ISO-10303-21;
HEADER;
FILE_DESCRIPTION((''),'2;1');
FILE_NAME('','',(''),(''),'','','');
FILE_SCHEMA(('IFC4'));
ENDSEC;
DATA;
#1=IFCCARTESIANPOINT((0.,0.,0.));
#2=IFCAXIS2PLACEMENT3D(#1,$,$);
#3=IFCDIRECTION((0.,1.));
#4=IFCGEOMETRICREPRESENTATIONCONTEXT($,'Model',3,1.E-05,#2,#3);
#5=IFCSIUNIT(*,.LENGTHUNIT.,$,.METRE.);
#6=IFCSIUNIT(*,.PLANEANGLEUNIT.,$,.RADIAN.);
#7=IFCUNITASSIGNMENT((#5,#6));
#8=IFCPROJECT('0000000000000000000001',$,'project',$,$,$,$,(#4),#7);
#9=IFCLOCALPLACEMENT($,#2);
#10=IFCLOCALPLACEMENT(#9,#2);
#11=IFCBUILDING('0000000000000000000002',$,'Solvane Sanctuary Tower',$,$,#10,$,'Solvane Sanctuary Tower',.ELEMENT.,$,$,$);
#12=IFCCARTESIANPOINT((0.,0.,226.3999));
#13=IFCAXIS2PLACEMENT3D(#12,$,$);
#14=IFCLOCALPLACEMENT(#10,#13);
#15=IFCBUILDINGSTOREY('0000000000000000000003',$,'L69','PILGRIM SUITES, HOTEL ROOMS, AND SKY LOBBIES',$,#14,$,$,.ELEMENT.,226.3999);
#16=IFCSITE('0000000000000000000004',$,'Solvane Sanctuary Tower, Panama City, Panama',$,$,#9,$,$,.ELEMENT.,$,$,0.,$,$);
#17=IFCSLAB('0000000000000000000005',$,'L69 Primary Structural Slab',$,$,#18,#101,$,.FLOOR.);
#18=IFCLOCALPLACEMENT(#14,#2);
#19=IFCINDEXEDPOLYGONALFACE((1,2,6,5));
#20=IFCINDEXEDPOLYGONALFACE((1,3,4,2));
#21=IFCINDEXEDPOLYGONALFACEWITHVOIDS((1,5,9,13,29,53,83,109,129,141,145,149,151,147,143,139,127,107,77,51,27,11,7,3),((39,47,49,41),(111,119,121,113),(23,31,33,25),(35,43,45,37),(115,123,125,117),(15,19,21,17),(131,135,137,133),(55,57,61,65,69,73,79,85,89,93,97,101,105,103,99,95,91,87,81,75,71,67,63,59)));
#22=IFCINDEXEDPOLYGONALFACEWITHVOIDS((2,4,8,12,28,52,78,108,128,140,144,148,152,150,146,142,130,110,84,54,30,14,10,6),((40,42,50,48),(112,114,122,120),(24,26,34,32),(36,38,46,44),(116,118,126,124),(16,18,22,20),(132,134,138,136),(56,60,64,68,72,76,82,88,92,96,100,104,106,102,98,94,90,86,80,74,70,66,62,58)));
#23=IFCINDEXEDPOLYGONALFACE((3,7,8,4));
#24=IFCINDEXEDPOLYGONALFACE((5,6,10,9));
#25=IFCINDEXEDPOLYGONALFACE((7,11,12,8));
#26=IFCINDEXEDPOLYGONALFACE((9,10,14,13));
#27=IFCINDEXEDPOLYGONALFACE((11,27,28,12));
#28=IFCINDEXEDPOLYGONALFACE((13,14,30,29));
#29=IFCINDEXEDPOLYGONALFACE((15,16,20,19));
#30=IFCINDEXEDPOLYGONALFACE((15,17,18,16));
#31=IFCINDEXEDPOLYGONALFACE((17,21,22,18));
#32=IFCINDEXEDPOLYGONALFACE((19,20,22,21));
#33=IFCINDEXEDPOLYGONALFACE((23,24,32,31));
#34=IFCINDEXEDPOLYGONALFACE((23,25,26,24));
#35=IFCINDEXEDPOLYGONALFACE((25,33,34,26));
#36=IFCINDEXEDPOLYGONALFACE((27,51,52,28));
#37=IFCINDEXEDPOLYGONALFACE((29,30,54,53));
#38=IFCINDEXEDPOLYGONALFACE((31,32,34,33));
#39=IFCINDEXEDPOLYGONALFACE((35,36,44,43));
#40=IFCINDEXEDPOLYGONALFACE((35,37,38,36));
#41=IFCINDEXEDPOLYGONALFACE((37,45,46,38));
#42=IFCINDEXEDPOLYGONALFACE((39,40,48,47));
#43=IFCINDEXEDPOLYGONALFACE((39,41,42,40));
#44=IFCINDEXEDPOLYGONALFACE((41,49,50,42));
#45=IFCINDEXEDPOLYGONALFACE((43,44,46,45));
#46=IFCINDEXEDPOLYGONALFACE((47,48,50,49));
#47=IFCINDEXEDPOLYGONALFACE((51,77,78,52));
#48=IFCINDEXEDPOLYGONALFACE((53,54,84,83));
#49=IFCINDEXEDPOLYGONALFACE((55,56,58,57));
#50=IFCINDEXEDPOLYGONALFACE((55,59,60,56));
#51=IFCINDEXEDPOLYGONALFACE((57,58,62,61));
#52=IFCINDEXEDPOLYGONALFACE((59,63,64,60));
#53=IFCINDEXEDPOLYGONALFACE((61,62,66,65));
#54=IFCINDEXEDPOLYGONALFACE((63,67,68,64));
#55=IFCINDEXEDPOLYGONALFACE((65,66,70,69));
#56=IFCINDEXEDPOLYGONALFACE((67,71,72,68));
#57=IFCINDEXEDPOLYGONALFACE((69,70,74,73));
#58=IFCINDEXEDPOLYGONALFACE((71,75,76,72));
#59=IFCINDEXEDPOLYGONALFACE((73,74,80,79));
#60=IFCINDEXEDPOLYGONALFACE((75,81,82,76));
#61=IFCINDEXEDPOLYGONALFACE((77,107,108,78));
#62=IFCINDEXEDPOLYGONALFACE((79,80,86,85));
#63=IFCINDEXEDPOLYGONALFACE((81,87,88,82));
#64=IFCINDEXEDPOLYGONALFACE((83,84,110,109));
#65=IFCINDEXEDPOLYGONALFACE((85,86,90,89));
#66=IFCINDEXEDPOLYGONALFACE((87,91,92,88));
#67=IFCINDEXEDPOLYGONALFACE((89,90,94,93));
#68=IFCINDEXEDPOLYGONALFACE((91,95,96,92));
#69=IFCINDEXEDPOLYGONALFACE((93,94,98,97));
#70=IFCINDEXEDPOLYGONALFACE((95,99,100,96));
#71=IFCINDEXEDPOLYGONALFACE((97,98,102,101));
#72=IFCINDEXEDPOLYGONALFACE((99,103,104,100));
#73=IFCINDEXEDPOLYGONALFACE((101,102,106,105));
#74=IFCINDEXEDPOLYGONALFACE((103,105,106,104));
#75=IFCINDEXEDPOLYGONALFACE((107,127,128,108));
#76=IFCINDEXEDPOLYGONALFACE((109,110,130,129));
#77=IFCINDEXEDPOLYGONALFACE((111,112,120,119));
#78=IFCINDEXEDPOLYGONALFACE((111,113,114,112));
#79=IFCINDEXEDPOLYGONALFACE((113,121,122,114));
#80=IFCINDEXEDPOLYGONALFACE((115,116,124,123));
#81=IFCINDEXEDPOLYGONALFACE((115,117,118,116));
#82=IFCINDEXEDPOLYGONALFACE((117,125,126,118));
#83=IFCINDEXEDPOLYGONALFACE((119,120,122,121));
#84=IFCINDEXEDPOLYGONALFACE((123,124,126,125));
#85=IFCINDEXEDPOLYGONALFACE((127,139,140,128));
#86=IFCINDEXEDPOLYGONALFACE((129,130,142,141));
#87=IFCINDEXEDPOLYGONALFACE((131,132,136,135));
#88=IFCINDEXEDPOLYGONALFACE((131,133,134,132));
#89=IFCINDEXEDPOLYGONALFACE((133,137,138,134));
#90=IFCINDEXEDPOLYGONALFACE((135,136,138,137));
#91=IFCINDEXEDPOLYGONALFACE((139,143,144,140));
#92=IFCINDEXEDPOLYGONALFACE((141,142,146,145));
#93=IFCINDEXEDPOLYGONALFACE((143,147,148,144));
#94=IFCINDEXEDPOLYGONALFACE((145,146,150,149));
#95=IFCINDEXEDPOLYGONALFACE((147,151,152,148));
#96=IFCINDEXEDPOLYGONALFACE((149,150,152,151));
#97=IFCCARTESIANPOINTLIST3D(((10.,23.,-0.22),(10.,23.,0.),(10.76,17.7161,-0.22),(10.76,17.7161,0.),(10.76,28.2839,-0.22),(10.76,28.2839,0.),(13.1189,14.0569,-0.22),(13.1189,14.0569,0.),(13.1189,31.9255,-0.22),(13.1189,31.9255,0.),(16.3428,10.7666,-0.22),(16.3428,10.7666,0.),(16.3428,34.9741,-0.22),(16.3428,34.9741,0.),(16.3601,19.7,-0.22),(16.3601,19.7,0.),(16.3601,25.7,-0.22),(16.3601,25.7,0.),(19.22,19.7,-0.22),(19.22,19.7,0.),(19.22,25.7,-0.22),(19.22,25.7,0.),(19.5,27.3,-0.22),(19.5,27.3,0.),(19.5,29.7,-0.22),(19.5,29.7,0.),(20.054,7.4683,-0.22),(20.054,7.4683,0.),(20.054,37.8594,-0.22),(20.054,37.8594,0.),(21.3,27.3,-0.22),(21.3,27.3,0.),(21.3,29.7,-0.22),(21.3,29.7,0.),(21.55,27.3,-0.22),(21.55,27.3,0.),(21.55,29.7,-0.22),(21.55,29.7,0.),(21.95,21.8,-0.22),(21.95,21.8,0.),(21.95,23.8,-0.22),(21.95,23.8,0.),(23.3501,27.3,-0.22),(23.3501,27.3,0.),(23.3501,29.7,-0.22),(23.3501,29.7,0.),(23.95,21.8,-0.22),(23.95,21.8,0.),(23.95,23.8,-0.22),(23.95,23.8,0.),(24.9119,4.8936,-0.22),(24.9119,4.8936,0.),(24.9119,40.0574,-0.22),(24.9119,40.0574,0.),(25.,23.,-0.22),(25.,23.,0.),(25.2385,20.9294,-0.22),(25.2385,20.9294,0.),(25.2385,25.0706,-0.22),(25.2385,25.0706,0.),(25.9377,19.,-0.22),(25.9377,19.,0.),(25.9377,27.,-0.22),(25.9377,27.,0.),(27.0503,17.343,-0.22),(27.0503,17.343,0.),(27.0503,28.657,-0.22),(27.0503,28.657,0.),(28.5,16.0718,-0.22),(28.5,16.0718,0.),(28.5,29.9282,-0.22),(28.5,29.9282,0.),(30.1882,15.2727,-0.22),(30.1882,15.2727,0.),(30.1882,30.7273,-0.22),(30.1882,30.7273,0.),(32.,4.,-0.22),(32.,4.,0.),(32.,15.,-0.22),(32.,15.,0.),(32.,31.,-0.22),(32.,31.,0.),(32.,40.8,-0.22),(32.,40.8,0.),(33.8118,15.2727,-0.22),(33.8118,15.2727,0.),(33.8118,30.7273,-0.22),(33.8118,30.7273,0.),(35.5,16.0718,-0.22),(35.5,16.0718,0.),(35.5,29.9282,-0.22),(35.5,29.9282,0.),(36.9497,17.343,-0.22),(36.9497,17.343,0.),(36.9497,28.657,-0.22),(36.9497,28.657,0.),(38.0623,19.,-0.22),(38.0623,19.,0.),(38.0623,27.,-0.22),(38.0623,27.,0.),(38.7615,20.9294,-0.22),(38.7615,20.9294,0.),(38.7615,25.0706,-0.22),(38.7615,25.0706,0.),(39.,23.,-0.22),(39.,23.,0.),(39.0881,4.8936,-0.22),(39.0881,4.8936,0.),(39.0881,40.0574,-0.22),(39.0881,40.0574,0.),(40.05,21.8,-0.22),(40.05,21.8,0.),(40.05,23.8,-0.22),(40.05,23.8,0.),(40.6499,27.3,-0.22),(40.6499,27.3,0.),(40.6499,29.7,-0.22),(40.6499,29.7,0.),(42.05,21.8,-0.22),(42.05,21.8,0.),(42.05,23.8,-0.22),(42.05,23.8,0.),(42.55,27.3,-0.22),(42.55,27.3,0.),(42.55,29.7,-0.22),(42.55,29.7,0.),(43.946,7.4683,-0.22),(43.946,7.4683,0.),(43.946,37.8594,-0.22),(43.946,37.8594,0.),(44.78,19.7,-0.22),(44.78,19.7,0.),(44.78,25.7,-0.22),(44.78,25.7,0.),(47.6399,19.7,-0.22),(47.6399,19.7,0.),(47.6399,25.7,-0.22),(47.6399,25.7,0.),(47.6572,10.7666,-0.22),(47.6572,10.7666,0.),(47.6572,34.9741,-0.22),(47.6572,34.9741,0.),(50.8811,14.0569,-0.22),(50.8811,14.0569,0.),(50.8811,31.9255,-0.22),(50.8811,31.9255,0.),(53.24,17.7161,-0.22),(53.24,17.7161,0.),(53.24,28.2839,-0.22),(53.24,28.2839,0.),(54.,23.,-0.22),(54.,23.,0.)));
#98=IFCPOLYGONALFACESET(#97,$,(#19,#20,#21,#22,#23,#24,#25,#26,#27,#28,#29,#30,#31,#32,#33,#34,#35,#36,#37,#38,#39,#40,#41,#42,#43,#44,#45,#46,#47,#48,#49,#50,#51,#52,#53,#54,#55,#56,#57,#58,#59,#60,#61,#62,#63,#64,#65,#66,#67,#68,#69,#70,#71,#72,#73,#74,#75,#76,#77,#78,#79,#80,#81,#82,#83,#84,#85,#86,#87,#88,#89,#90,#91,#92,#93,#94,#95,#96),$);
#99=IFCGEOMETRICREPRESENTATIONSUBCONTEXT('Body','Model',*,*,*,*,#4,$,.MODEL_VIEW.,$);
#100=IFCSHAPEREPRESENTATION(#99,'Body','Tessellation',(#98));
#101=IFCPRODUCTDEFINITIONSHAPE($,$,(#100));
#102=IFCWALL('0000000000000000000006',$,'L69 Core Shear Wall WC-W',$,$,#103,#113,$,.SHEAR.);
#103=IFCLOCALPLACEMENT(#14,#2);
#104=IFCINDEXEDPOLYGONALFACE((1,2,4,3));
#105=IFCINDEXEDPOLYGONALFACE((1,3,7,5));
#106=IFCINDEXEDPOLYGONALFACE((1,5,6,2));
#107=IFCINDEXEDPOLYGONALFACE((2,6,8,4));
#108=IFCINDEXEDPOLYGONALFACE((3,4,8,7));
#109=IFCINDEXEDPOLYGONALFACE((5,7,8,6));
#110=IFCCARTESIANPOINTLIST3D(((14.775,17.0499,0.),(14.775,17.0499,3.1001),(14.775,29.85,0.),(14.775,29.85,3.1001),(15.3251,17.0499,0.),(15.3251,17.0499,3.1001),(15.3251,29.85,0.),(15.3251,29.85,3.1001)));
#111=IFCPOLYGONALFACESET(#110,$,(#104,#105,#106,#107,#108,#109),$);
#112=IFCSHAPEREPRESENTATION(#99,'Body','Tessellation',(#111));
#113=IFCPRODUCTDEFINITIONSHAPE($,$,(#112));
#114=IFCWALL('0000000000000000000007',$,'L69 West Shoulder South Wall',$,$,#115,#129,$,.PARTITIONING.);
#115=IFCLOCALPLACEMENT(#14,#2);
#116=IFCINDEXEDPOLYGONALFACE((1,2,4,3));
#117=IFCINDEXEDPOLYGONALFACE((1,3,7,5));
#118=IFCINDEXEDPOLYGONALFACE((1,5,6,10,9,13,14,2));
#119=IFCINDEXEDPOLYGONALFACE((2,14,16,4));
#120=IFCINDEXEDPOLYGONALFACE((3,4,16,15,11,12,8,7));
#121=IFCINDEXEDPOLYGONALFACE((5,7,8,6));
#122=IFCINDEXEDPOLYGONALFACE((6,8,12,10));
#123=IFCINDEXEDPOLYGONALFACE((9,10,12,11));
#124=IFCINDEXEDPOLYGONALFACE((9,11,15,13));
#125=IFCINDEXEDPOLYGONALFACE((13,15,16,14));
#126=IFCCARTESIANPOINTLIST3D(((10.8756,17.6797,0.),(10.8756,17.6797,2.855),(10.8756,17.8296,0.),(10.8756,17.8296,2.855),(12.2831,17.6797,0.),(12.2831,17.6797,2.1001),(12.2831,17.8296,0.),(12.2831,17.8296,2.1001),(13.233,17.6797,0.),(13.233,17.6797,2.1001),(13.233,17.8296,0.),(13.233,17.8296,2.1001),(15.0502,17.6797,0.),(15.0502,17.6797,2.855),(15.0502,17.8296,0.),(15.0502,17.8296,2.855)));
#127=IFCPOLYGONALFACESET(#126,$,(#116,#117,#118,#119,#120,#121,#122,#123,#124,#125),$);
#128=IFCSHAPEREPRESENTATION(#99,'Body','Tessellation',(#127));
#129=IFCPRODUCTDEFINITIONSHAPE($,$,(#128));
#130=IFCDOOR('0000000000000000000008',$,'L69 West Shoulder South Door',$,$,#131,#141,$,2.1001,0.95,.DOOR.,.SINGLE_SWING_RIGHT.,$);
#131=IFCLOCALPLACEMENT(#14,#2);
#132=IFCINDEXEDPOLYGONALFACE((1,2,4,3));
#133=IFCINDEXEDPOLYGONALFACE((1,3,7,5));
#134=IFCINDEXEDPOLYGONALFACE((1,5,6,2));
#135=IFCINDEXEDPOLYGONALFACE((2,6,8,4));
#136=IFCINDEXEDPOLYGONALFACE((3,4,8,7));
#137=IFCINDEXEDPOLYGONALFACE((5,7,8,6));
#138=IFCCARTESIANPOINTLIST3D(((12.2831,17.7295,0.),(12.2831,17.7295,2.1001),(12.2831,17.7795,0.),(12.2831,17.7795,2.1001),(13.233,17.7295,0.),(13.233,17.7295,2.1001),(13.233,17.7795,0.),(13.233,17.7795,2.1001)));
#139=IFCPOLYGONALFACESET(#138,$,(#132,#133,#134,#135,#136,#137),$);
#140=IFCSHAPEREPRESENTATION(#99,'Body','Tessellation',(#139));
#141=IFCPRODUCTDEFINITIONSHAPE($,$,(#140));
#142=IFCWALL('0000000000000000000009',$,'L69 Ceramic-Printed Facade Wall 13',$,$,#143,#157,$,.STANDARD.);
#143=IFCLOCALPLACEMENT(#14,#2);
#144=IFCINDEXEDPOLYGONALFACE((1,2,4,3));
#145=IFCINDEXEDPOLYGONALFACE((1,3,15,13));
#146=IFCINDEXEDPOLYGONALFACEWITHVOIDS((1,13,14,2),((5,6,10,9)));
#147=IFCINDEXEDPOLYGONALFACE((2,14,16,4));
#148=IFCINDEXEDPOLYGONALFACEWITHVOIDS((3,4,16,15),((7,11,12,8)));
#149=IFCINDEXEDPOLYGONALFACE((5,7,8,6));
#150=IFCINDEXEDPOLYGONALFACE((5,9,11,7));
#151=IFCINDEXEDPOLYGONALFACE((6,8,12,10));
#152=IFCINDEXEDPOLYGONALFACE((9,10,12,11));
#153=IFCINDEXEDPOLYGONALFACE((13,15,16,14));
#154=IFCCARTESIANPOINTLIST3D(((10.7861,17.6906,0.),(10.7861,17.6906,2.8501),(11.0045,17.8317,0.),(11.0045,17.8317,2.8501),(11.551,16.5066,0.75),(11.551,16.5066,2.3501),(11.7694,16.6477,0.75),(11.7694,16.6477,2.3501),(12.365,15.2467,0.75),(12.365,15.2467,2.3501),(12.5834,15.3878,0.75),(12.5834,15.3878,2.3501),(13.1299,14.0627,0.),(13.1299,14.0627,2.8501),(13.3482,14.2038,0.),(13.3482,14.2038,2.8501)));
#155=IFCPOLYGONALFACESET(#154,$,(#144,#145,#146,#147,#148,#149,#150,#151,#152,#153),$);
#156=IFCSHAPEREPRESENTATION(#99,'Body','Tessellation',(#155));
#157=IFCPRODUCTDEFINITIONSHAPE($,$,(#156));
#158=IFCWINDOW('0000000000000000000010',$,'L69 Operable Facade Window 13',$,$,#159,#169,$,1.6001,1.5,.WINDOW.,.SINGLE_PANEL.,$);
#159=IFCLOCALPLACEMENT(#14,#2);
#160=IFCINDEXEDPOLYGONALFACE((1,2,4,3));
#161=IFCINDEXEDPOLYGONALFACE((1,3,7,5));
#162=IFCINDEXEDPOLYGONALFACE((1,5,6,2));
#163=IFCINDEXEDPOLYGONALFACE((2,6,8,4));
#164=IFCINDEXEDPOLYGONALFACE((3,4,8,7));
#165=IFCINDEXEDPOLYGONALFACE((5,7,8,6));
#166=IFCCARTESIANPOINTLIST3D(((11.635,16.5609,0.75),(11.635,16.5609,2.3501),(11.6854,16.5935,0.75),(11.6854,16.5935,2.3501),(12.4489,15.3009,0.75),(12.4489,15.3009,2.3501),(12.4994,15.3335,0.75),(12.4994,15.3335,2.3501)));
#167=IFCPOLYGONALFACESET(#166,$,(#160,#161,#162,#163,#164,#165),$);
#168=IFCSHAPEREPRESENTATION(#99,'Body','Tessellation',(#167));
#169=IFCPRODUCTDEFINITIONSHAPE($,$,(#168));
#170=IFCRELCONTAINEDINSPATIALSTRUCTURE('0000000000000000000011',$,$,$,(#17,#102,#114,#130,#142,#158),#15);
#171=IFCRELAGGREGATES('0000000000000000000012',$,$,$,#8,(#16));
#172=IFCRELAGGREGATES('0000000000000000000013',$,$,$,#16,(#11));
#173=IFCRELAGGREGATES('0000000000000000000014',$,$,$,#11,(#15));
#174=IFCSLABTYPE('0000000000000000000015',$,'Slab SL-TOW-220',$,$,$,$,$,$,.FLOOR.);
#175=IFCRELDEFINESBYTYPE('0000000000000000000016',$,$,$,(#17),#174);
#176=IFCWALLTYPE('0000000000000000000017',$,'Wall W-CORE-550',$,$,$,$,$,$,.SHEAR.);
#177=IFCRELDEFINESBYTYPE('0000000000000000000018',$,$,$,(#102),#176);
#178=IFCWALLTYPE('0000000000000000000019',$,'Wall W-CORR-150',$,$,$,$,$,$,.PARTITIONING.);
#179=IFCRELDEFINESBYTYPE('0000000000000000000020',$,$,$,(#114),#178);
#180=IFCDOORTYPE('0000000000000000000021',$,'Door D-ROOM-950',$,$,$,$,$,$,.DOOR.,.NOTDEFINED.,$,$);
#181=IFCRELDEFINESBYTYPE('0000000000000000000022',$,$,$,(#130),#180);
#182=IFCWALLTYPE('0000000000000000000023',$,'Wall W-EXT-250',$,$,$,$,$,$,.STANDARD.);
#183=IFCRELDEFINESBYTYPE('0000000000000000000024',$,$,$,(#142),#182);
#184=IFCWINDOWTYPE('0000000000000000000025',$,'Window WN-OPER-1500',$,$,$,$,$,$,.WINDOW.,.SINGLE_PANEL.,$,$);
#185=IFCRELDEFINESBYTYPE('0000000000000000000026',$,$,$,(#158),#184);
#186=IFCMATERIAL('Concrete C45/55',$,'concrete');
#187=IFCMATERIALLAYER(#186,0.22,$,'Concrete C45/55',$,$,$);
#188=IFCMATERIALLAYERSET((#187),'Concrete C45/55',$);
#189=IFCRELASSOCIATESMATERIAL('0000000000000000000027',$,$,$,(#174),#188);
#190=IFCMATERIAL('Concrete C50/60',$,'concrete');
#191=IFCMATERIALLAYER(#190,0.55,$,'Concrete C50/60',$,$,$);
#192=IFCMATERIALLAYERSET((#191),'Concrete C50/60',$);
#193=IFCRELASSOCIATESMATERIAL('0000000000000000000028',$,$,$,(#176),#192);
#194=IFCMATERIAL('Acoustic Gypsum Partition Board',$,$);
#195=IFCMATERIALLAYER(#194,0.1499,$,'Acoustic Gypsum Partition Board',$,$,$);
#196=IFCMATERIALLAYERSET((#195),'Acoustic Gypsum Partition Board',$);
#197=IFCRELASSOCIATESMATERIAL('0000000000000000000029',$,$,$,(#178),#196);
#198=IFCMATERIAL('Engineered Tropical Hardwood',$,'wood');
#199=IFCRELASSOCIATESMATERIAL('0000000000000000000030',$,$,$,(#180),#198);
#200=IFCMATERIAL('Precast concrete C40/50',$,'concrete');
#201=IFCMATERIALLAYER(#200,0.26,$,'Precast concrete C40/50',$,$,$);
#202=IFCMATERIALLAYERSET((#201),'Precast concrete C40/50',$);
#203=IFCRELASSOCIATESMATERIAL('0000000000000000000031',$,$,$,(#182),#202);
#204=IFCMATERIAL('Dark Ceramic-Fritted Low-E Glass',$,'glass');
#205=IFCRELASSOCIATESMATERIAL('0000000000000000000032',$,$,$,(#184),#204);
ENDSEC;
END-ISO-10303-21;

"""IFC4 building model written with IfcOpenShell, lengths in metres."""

from ifc_helpers import new_model, si_unit, direction, frame, frame_2d, origin, place, context, subcontext, project, spatial, polyline, rectangle, outline, extrude, material, layer, layer_set, type_object, element, fill, save


model = new_model("IFC4")

# Units and contexts
model_context = context("Model", 3, precision=1e-05, world=origin(), true_north=direction((0.0, 1.0)))
body_context = subcontext(model_context, "Body", "Model", "MODEL_VIEW")
ifc_project = project(units=[si_unit("LENGTHUNIT", "METRE"), si_unit("PLANEANGLEUNIT", "RADIAN")], contexts=[model_context])

# Site, building, storey
site_placement = place(None, origin())
site = spatial("IfcSite", under=ifc_project, at=site_placement, Name="Solvane Sanctuary Tower, Panama City, Panama", CompositionType="ELEMENT", RefElevation=0.0)
building_placement = place(site_placement, origin())
building = spatial("IfcBuilding", under=site, at=building_placement, Name="Solvane Sanctuary Tower", LongName="Solvane Sanctuary Tower", CompositionType="ELEMENT")
storey_placement = place(building_placement, frame((0.0, 0.0, 226.3999)))
storey = spatial("IfcBuildingStorey", under=building, at=storey_placement, Name="L69", Description="PILGRIM SUITES, HOTEL ROOMS, AND SKY LOBBIES", CompositionType="ELEMENT", Elevation=226.3999)

# Shared definitions
ifc_material_1 = material(Name="Concrete C45/55", Category="concrete")

# Slab
ifc_layer_1 = layer(ifc_material_1, 0.22, Name="Concrete C45/55")
ifc_layer_set_1 = layer_set([ifc_layer_1], Name="Concrete C45/55")
slab_type_1 = type_object("IfcSlabType", Name="Slab SL-TOW-220", PredefinedType="FLOOR", material=ifc_layer_set_1)
slab_1_placement = place(storey_placement, frame((0.0, 0.0, -0.22)))
element("IfcSlab", 1, at=slab_1_placement, inside=storey, type_object=slab_type_1, Name="L69 Primary Structural Slab", PredefinedType="FLOOR", context=body_context, shape_type="SweptSolid", body=[
    extrude(outline(polyline([(54.0, 23.0), (53.24, 28.2839), (50.8811, 31.9255), (47.6572, 34.9741), (43.946, 37.8594), (39.0881, 40.0574), (32.0, 40.8), (24.9119, 40.0574), (20.054, 37.8594), (16.3428, 34.9741), (13.1189, 31.9255), (10.76, 28.2839), (10.0, 23.0), (10.76, 17.7161), (13.1189, 14.0569), (16.3428, 10.7666), (20.054, 7.4683), (24.9119, 4.8936), (32.0, 4.0), (39.0881, 4.8936), (43.946, 7.4683), (47.6572, 10.7666), (50.8811, 14.0569), (53.24, 17.7161), (54.0, 23.0)]), holes=[polyline([(38.7615, 20.9294), (38.0623, 19.0), (36.9497, 17.343), (35.5, 16.0718), (33.8118, 15.2727), (32.0, 15.0), (30.1882, 15.2727), (28.5, 16.0718), (27.0503, 17.343), (25.9377, 19.0), (25.2385, 20.9294), (25.0, 23.0), (25.2385, 25.0706), (25.9377, 27.0), (27.0503, 28.657), (28.5, 29.9282), (30.1882, 30.7273), (32.0, 31.0), (33.8118, 30.7273), (35.5, 29.9282), (36.9497, 28.657), (38.0623, 27.0), (38.7615, 25.0706), (39.0, 23.0), (38.7615, 20.9294)]), polyline([(16.3601, 19.7), (16.3601, 25.7), (19.22, 25.7), (19.22, 19.7), (16.3601, 19.7)]), polyline([(44.78, 19.7), (44.78, 25.7), (47.6399, 25.7), (47.6399, 19.7), (44.78, 19.7)]), polyline([(21.95, 23.8), (23.95, 23.8), (23.95, 21.8), (21.95, 21.8), (21.95, 23.8)]), polyline([(40.05, 23.8), (42.05, 23.8), (42.05, 21.8), (40.05, 21.8), (40.05, 23.8)]), polyline([(19.5, 29.7), (21.3, 29.7), (21.3, 27.3), (19.5, 27.3), (19.5, 29.7)]), polyline([(21.55, 29.7), (23.3501, 29.7), (23.3501, 27.3), (21.55, 27.3), (21.55, 29.7)]), polyline([(40.6499, 29.7), (42.55, 29.7), (42.55, 27.3), (40.6499, 27.3), (40.6499, 29.7)])]), origin(), (0.0, 0.0, 1.0), 0.22),
])

# Wall
ifc_material_2 = material(Name="Concrete C50/60", Category="concrete")
ifc_layer_2 = layer(ifc_material_2, 0.55, Name="Concrete C50/60")
ifc_layer_set_2 = layer_set([ifc_layer_2], Name="Concrete C50/60")
wall_type_1 = type_object("IfcWallType", Name="Wall W-CORE-550", PredefinedType="SHEAR", material=ifc_layer_set_2)
wall_1_placement = place(storey_placement, frame((15.05, 17.05, 0.0), z_axis=(0.0, 0.0, 1.0), x_axis=(0.0, 1.0, 0.0)))
element("IfcWall", 2, at=wall_1_placement, inside=storey, type_object=wall_type_1, Name="L69 Core Shear Wall WC-W", PredefinedType="SHEAR", context=body_context, shape_type="SweptSolid", body=[
    extrude(rectangle(XDim=12.8, YDim=0.55, at=frame_2d((6.3999, 0.0))), origin(), (0.0, 0.0, 1.0), 3.1001),
])

# Wall, opening, door
ifc_material_3 = material(Name="Acoustic Gypsum Partition Board")
ifc_layer_3 = layer(ifc_material_3, 0.1499, Name="Acoustic Gypsum Partition Board")
ifc_layer_set_3 = layer_set([ifc_layer_3], Name="Acoustic Gypsum Partition Board")
wall_type_2 = type_object("IfcWallType", Name="Wall W-CORR-150", PredefinedType="PARTITIONING", material=ifc_layer_set_3)
wall_2_placement = place(storey_placement, frame((10.8755, 17.7546, 0.0), z_axis=(0.0, 0.0, 1.0), x_axis=(1.0, 0.0, 0.0)))
wall_2 = element("IfcWall", 3, at=wall_2_placement, inside=storey, type_object=wall_type_2, Name="L69 West Shoulder South Wall", PredefinedType="PARTITIONING", context=body_context, shape_type="SweptSolid", body=[
    extrude(rectangle(XDim=4.1746, YDim=0.1499, at=frame_2d((2.0874, 0.0))), origin(), (0.0, 0.0, 1.0), 2.855),
])
opening_1_placement = place(wall_2_placement, frame((1.4075, 0.0, 0.0)))
opening_1 = element("IfcOpeningElement", 4, at=opening_1_placement, cuts=wall_2, PredefinedType="OPENING", context=body_context, shape_type="SweptSolid", body=[
    extrude(rectangle(XDim=0.95, YDim=2.1001, at=frame_2d((0.4751, 1.05))), frame((0.0, 0.085, 0.0), z_axis=(0.0, -1.0, 0.0), x_axis=(1.0, 0.0, 0.0)), (0.0, 0.0, 1.0), 0.1699),
])
ifc_material_4 = material(Name="Engineered Tropical Hardwood", Category="wood")
door_type_1 = type_object("IfcDoorType", Name="Door D-ROOM-950", OperationType="NOTDEFINED", PredefinedType="DOOR", material=ifc_material_4)
door_1_placement = place(opening_1_placement, origin())
door_1 = element("IfcDoor", 5, at=door_1_placement, inside=storey, type_object=door_type_1, Name="L69 West Shoulder South Door", OperationType="SINGLE_SWING_RIGHT", OverallHeight=2.1001, OverallWidth=0.95, PredefinedType="DOOR", context=body_context, shape_type="SweptSolid", body=[
    extrude(rectangle(XDim=0.95, YDim=2.1001, at=frame_2d((0.4751, 1.05))), frame((0.0, 0.0249, 0.0), z_axis=(0.0, -1.0, 0.0), x_axis=(1.0, 0.0, 0.0)), (0.0, 0.0, 1.0), 0.05),
])
fill(opening_1, door_1)

# Wall, opening, window
ifc_material_5 = material(Name="Precast concrete C40/50", Category="concrete")
ifc_layer_4 = layer(ifc_material_5, 0.26, Name="Precast concrete C40/50")
ifc_layer_set_4 = layer_set([ifc_layer_4], Name="Precast concrete C40/50")
wall_type_3 = type_object("IfcWallType", Name="Wall W-EXT-250", PredefinedType="STANDARD", material=ifc_layer_set_4)
wall_3_placement = place(storey_placement, frame((10.8953, 17.7612, 0.0), z_axis=(0.0, 0.0, 1.0), x_axis=(0.542642, -0.839964, 0.0)))
wall_3 = element("IfcWall", 6, at=wall_3_placement, inside=storey, type_object=wall_type_3, Name="L69 Ceramic-Printed Facade Wall 13", PredefinedType="STANDARD", context=body_context, shape_type="SweptSolid", body=[
    extrude(rectangle(XDim=4.3191, YDim=0.26, at=frame_2d((2.1597, 0.0))), origin(), (0.0, 0.0, 1.0), 2.8501),
])
opening_2_placement = place(wall_3_placement, frame((1.4097, 0.0, 0.75)))
opening_2 = element("IfcOpeningElement", 7, at=opening_2_placement, cuts=wall_3, PredefinedType="OPENING", context=body_context, shape_type="SweptSolid", body=[
    extrude(rectangle(XDim=1.5, YDim=1.6001, at=frame_2d((0.75, 0.8))), frame((0.0, 0.1399, 0.0), z_axis=(0.0, -1.0, 0.0), x_axis=(1.0, 0.0, 0.0)), (0.0, 0.0, 1.0), 0.28),
])
ifc_material_6 = material(Name="Dark Ceramic-Fritted Low-E Glass", Category="glass")
window_type = type_object("IfcWindowType", Name="Window WN-OPER-1500", PartitioningType="SINGLE_PANEL", PredefinedType="WINDOW", material=ifc_material_6)
window_1_placement = place(opening_2_placement, origin())
window_1 = element("IfcWindow", 8, at=window_1_placement, inside=storey, type_object=window_type, Name="L69 Operable Facade Window 13", OverallHeight=1.6001, OverallWidth=1.5, PartitioningType="SINGLE_PANEL", PredefinedType="WINDOW", context=body_context, shape_type="SweptSolid", body=[
    extrude(rectangle(XDim=1.5, YDim=1.6001, at=frame_2d((0.75, 0.8))), frame((0.0, 0.03, 0.0), z_axis=(0.0, -1.0, 0.0), x_axis=(1.0, 0.0, 0.0)), (0.0, 0.0, 1.0), 0.0601),
])
fill(opening_2, window_1)

save(model, "model.ifc")
